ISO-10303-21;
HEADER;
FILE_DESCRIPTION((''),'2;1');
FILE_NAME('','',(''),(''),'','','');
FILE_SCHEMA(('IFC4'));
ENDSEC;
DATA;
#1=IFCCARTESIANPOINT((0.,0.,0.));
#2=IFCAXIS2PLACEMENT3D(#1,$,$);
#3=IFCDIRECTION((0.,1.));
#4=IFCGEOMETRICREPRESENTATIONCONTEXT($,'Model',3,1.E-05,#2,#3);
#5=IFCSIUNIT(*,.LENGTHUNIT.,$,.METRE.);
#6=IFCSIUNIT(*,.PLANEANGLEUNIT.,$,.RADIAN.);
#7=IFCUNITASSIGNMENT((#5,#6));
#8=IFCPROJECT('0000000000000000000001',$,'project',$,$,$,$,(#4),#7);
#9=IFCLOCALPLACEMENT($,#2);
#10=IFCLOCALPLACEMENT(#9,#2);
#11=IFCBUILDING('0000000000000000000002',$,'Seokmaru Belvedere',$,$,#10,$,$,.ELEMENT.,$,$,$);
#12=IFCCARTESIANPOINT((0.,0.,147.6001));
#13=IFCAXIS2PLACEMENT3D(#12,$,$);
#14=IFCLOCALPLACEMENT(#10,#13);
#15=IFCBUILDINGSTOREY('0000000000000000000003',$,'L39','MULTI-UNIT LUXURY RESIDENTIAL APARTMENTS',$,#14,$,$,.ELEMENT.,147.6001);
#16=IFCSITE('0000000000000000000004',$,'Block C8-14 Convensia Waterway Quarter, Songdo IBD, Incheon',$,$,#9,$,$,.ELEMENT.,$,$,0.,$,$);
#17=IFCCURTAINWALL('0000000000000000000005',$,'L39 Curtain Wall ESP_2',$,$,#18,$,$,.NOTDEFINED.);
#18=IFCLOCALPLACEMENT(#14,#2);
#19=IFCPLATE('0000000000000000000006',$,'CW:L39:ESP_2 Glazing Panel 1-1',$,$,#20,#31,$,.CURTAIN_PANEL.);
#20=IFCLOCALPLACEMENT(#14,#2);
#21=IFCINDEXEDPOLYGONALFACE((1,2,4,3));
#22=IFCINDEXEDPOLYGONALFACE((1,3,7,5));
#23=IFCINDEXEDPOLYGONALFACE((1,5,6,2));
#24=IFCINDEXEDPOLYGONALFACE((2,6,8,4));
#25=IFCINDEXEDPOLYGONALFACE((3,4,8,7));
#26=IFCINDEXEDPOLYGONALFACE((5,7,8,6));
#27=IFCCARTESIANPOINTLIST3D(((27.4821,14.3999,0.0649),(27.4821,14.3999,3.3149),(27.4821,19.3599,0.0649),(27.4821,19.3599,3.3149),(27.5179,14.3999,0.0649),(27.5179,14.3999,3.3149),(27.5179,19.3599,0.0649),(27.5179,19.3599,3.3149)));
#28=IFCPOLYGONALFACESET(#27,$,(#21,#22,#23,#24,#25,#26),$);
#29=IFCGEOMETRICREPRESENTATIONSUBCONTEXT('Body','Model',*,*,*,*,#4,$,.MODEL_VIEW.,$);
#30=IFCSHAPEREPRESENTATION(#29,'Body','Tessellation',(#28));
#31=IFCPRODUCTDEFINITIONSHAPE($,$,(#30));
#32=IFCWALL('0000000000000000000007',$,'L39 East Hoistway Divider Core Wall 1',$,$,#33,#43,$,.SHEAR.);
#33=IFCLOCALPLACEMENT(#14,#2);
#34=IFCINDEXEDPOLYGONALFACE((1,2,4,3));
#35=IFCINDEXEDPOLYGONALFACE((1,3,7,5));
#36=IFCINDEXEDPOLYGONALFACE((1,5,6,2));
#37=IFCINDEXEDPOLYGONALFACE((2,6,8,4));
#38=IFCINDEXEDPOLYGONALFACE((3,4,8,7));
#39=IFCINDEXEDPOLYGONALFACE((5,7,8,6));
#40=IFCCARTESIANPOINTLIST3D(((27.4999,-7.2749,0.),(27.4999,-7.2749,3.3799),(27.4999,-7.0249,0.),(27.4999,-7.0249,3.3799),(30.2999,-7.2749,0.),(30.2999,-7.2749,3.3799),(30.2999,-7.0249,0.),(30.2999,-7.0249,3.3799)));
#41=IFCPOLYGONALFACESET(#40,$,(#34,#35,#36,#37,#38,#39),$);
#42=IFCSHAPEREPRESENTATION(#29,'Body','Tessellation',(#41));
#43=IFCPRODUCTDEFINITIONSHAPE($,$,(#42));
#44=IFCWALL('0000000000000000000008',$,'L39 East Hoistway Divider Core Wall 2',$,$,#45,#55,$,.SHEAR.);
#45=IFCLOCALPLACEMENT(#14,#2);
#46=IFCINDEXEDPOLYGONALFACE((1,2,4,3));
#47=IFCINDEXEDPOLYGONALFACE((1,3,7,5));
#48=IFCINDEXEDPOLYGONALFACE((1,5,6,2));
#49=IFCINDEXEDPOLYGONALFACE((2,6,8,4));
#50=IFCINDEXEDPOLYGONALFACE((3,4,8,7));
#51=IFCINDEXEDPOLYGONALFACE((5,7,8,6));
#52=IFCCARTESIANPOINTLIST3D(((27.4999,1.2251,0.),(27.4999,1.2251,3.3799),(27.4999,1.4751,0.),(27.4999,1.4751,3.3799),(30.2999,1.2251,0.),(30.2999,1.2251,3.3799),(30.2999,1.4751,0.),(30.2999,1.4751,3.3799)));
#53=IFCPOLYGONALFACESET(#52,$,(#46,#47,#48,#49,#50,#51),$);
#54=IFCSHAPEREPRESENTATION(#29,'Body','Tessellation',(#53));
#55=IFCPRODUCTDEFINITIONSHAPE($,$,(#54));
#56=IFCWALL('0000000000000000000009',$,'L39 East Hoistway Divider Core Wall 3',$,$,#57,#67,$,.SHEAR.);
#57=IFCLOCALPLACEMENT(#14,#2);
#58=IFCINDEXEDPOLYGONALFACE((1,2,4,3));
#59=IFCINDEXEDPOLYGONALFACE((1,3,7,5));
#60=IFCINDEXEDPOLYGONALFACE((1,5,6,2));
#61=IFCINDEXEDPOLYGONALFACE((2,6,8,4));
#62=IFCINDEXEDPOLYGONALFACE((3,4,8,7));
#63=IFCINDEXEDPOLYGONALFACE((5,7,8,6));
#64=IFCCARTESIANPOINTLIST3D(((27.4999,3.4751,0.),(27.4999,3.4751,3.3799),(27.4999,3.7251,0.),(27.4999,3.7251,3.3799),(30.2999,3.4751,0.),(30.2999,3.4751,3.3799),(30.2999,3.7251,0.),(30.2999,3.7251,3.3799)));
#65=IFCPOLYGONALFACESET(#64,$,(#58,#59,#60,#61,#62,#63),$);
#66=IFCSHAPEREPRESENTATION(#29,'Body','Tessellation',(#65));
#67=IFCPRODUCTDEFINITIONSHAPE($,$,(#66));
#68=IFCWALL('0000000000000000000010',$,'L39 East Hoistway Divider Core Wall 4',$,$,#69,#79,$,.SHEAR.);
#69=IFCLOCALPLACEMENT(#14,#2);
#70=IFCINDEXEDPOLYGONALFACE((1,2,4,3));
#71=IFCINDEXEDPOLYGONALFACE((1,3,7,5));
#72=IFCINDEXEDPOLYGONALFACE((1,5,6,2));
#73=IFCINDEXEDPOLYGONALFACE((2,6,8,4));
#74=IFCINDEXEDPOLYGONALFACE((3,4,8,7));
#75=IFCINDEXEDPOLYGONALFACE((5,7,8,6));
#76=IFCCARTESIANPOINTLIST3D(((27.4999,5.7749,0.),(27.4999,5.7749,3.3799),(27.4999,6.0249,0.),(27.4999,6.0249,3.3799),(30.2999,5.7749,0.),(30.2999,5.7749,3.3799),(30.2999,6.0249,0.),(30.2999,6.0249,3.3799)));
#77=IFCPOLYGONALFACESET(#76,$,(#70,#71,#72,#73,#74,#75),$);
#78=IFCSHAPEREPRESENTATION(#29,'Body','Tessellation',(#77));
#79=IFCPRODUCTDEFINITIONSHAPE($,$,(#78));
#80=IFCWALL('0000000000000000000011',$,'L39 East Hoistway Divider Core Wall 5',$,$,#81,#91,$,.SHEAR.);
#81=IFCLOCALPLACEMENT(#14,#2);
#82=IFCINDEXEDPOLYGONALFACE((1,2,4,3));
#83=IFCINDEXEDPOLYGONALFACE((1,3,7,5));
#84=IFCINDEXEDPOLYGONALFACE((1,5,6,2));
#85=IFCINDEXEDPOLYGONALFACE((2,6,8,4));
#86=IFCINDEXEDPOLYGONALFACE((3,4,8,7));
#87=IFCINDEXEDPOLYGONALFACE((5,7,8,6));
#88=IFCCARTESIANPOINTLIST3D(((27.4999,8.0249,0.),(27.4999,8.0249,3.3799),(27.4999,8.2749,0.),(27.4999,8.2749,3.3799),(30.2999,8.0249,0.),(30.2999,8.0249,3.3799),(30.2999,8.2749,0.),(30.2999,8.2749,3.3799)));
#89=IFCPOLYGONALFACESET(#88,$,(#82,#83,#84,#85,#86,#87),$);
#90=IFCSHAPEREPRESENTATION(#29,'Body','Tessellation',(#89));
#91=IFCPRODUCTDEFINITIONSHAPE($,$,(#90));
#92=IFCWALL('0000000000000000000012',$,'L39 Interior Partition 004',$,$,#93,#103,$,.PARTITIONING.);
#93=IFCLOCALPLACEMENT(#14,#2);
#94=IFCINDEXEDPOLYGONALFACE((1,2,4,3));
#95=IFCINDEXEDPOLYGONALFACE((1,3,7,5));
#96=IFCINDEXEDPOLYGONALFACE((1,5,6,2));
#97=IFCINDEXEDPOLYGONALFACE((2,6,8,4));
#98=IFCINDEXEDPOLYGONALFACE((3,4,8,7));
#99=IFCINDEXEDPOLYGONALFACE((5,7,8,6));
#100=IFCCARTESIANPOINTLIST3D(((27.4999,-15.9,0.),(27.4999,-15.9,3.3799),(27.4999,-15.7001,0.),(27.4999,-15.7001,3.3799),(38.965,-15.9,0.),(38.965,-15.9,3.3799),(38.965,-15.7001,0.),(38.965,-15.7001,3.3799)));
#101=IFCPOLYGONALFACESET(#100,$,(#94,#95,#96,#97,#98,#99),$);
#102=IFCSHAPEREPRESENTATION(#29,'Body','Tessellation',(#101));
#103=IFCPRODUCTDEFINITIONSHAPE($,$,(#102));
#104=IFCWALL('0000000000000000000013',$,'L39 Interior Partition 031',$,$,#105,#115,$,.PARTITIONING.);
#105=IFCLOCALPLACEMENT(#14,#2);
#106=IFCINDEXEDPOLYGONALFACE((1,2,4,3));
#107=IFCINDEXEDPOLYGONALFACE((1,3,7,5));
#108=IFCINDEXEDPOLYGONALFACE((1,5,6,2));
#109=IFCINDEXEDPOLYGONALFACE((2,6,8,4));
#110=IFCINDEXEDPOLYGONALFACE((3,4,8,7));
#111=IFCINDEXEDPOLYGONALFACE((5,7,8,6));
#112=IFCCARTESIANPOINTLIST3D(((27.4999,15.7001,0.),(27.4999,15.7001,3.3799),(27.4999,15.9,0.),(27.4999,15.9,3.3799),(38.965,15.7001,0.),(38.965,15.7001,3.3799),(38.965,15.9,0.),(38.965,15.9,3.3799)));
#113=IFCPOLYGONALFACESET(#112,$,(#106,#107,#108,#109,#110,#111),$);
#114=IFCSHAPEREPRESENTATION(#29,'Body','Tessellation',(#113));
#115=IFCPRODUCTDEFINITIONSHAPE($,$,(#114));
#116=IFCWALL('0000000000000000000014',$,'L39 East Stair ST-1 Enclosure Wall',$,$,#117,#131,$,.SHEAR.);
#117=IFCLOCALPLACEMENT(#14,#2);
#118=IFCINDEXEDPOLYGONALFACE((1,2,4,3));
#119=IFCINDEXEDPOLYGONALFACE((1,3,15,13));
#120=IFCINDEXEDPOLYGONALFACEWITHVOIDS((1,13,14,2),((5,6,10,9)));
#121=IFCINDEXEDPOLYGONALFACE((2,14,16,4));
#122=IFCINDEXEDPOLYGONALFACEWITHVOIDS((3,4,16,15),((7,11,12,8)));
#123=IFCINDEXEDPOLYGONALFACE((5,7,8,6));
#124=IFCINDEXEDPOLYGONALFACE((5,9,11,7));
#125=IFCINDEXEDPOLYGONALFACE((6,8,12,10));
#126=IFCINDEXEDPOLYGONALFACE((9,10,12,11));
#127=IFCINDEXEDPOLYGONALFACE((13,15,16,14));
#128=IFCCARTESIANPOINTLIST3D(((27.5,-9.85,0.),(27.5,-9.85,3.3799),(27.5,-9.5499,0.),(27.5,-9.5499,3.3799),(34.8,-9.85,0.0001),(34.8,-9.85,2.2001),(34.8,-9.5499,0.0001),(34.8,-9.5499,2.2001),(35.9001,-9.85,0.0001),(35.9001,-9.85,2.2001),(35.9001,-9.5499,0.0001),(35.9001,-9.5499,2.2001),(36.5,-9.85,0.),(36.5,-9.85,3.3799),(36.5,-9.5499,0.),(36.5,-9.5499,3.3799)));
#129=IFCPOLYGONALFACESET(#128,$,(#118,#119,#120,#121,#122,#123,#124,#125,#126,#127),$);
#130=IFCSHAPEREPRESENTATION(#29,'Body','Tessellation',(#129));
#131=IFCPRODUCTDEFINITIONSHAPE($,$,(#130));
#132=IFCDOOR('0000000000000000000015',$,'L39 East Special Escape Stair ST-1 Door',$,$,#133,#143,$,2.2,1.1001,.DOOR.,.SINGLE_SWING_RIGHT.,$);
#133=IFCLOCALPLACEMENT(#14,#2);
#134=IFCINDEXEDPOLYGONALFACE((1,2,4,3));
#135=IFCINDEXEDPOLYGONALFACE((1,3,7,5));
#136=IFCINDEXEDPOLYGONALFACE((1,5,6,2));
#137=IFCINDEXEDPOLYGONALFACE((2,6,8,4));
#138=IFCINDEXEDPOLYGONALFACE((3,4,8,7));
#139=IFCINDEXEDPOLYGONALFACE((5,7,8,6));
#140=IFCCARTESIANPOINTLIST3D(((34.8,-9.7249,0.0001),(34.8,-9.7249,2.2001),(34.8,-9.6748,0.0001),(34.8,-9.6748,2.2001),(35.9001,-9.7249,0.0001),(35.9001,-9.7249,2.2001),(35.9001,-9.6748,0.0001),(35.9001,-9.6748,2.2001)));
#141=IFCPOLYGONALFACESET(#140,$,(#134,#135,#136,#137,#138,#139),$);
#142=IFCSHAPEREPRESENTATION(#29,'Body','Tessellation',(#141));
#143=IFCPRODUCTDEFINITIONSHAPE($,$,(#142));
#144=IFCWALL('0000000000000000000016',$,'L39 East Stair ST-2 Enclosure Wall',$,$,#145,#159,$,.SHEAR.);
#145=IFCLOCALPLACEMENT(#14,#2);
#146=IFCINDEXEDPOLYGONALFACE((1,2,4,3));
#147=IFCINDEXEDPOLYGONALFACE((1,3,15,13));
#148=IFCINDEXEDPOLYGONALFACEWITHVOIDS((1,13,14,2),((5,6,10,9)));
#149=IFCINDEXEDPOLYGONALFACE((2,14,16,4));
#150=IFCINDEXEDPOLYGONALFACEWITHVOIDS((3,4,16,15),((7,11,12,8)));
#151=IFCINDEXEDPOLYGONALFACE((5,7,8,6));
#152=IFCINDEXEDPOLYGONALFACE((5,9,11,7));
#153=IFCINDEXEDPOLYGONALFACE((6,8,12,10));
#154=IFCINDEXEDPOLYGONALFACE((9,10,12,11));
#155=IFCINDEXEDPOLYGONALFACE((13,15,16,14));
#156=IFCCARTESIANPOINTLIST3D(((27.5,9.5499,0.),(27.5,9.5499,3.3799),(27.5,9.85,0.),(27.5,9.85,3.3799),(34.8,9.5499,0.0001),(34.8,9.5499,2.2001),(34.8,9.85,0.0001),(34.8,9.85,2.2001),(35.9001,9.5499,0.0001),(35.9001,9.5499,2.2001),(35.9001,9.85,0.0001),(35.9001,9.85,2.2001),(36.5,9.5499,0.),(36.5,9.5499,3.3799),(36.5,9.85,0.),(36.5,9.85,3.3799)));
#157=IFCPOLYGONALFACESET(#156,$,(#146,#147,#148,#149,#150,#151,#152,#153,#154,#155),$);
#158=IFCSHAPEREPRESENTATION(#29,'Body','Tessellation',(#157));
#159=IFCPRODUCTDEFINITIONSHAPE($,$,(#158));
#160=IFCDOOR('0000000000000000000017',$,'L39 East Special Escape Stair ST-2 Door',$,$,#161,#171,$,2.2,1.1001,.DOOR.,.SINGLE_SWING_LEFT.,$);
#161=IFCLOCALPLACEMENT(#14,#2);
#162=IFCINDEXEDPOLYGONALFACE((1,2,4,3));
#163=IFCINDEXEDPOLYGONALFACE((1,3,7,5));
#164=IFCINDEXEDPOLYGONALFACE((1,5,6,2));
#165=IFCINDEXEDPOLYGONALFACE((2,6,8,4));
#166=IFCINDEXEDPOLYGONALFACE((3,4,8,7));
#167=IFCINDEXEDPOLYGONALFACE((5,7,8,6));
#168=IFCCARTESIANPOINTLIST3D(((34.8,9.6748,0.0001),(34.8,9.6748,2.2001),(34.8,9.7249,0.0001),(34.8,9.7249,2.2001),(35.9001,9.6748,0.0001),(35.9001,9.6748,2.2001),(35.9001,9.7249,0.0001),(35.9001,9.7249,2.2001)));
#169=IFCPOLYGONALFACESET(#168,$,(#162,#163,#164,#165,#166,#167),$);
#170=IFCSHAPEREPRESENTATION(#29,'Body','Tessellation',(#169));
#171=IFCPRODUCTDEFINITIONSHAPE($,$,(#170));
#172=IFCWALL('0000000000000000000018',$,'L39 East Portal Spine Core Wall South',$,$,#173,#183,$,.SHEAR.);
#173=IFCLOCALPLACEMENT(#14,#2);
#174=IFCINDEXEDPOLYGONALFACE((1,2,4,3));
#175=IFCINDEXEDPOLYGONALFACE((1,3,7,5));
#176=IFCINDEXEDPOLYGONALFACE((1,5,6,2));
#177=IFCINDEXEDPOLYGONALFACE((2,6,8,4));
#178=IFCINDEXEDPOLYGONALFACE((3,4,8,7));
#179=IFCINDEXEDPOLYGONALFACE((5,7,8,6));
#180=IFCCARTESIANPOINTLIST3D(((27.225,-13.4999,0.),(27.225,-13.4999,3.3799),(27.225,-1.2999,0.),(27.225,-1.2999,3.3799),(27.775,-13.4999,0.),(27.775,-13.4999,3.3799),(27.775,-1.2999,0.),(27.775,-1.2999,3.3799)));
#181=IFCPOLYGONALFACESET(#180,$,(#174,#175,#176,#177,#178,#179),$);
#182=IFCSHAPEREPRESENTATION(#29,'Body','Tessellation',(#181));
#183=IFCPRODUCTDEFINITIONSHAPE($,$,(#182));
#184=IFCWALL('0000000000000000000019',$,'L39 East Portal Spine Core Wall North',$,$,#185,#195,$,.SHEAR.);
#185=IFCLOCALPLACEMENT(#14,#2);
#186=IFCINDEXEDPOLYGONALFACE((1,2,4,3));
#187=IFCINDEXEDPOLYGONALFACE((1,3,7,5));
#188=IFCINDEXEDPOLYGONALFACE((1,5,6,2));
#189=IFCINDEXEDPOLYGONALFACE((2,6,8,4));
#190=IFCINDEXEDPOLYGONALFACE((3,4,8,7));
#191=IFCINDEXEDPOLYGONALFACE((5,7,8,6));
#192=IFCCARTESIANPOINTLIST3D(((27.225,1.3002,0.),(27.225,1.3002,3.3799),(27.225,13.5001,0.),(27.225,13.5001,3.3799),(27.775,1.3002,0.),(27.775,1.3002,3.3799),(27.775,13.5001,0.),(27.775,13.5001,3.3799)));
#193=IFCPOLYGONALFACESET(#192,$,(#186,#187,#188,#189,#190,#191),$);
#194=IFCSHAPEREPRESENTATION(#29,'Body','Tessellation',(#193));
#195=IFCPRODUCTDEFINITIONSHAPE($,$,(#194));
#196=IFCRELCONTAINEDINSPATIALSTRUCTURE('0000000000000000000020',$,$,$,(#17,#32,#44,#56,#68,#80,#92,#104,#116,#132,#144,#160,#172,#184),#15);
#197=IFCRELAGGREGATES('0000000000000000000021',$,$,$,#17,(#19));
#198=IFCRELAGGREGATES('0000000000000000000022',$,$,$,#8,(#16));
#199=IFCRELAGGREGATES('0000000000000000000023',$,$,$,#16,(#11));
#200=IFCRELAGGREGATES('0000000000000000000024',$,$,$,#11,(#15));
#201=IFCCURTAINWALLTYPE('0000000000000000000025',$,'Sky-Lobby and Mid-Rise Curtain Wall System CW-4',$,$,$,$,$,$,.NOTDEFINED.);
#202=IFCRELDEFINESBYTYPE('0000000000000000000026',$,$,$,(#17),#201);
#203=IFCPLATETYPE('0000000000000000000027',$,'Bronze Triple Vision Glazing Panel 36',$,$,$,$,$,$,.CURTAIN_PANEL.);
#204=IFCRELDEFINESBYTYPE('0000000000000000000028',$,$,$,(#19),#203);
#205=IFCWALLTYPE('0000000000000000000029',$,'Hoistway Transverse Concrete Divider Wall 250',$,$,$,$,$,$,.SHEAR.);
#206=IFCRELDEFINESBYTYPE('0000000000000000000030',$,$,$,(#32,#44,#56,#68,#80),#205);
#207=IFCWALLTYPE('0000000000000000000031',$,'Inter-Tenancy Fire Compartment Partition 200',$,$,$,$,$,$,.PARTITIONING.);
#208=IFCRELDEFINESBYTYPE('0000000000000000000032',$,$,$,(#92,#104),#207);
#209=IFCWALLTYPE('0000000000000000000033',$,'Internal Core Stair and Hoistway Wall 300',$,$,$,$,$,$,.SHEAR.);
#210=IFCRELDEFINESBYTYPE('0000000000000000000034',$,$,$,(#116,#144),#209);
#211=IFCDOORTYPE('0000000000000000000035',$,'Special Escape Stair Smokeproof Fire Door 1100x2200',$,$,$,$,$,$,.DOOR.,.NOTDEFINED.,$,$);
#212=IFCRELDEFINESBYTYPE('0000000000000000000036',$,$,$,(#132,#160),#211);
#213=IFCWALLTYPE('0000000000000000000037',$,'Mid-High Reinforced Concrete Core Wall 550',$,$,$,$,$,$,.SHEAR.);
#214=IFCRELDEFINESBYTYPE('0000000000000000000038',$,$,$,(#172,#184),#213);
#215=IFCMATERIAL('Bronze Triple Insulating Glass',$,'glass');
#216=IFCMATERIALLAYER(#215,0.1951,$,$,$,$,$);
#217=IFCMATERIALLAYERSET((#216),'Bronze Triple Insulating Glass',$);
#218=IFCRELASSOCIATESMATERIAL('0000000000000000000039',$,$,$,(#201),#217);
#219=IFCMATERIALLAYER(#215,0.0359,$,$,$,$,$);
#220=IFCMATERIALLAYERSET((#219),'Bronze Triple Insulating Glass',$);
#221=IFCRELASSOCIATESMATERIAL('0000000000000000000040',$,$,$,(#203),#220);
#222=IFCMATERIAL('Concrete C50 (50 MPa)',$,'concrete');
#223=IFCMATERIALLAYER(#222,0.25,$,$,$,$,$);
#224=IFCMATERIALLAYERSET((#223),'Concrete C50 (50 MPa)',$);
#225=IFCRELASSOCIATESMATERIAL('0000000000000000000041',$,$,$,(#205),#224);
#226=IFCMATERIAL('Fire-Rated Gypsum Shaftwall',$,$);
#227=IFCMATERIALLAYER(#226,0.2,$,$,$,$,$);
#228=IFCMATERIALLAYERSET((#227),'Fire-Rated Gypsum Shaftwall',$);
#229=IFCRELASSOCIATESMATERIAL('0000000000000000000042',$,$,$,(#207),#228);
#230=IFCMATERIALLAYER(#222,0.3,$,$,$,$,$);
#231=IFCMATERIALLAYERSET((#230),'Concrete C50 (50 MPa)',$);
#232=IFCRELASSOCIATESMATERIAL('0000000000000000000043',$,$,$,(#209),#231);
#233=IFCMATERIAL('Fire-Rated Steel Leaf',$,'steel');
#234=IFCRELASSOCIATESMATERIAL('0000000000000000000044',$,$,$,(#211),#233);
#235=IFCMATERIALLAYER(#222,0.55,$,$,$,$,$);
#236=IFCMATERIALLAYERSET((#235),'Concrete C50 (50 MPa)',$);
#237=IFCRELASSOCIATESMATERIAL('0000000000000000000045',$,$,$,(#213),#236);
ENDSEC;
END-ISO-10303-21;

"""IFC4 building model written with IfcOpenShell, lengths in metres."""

from ifc_helpers import new_model, si_unit, direction, frame, frame_2d, origin, origin_2d, place, context, subcontext, project, spatial, rectangle, extrude, source, transform, mapped, material, layer, layer_set, type_object, type_shapes, element, fill, aggregate, save


model = new_model("IFC4")

# Units and contexts
model_context = context("Model", 3, precision=1e-05, world=origin(), true_north=direction((0.0, 1.0)))
body_context = subcontext(model_context, "Body", "Model", "MODEL_VIEW")
ifc_project = project(units=[si_unit("LENGTHUNIT", "METRE"), si_unit("PLANEANGLEUNIT", "RADIAN")], contexts=[model_context])

# Site, building, storey
site_placement = place(None, origin())
site = spatial("IfcSite", under=ifc_project, at=site_placement, Name="Block C8-14 Convensia Waterway Quarter, Songdo IBD, Incheon", CompositionType="ELEMENT", RefElevation=0.0)
building_placement = place(site_placement, origin())
building = spatial("IfcBuilding", under=site, at=building_placement, Name="Seokmaru Belvedere", CompositionType="ELEMENT")
storey_placement = place(building_placement, frame((0.0, 0.0, 147.6001)))
storey = spatial("IfcBuildingStorey", under=building, at=storey_placement, Name="L39", Description="MULTI-UNIT LUXURY RESIDENTIAL APARTMENTS", CompositionType="ELEMENT", Elevation=147.6001)

# Curtain wall
ifc_material_1 = material(Name="Bronze Triple Insulating Glass", Category="glass")
ifc_layer_1 = layer(ifc_material_1, 0.1951)
ifc_layer_set_1 = layer_set([ifc_layer_1], Name="Bronze Triple Insulating Glass")
curtain_wall_type = type_object("IfcCurtainWallType", Name="Sky-Lobby and Mid-Rise Curtain Wall System CW-4", PredefinedType="NOTDEFINED", material=ifc_layer_set_1)
curtain_wall_1_placement = place(storey_placement, origin())
curtain_wall_1 = element("IfcCurtainWall", 1, at=curtain_wall_1_placement, inside=storey, type_object=curtain_wall_type, Name="L39 Curtain Wall ESP_2", PredefinedType="NOTDEFINED")

# Plate
ifc_layer_2 = layer(ifc_material_1, 0.0359)
ifc_layer_set_2 = layer_set([ifc_layer_2], Name="Bronze Triple Insulating Glass")
plate_type = type_object("IfcPlateType", Name="Bronze Triple Vision Glazing Panel 36", PredefinedType="CURTAIN_PANEL", material=ifc_layer_set_2)
shared_shape_1 = source(origin(), body_context, "Body", "SweptSolid", [
    extrude(rectangle(XDim=4.96, YDim=0.0359, at=origin_2d()), origin(), (0.0, 0.0, 1.0), 3.25),
])
type_shapes(plate_type, [shared_shape_1])
plate_1_placement = place(storey_placement, frame((27.5, 16.8799, 0.0649), z_axis=(0.0, 0.0, 1.0), x_axis=(0.0, -1.0, 0.0)))
plate_1 = element("IfcPlate", 2, at=plate_1_placement, type_object=plate_type, Name="CW:L39:ESP_2 Glazing Panel 1-1", PredefinedType="CURTAIN_PANEL", context=body_context, shape_type="MappedRepresentation", body=[
    mapped(shared_shape_1, transform((0.0, 0.0, 0.0), scale=1.0)),
])
aggregate(curtain_wall_1, [plate_1])

# Shared definitions
ifc_material_2 = material(Name="Fire-Rated Gypsum Shaftwall")
ifc_material_3 = material(Name="Fire-Rated Steel Leaf", Category="steel")

# Walls
ifc_material_4 = material(Name="Concrete C50 (50 MPa)", Category="concrete")
ifc_layer_3 = layer(ifc_material_4, 0.25)
ifc_layer_set_3 = layer_set([ifc_layer_3], Name="Concrete C50 (50 MPa)")
wall_type_1 = type_object("IfcWallType", Name="Hoistway Transverse Concrete Divider Wall 250", PredefinedType="SHEAR", material=ifc_layer_set_3)
for number, where, z_axis, x_axis, name in (
    (3, (27.5, -7.1499, 0.0), (0.0, 0.0, 1.0), (1.0, 0.0, 0.0), "L39 East Hoistway Divider Core Wall 1"),
    (4, (27.5, 1.3501, 0.0), (0.0, 0.0, 1.0), (1.0, 0.0, 0.0), "L39 East Hoistway Divider Core Wall 2"),
    (5, (27.5, 3.6001, 0.0), (0.0, 0.0, 1.0), (1.0, 0.0, 0.0), "L39 East Hoistway Divider Core Wall 3"),
    (6, (27.5, 5.8999, 0.0), (0.0, 0.0, 1.0), (1.0, 0.0, 0.0), "L39 East Hoistway Divider Core Wall 4"),
    (7, (27.5, 8.1499, 0.0), (0.0, 0.0, 1.0), (1.0, 0.0, 0.0), "L39 East Hoistway Divider Core Wall 5"),
):
    element("IfcWall", number, at=place(storey_placement, frame(where, z_axis=z_axis, x_axis=x_axis)), inside=storey, type_object=wall_type_1, Name=name, PredefinedType="SHEAR", context=body_context, shape_type="SweptSolid", body=[
        extrude(rectangle(XDim=2.8, YDim=0.25, at=frame_2d((1.3999, 0.0))), origin(), (0.0, 0.0, 1.0), 3.3799),
    ])
ifc_layer_4 = layer(ifc_material_2, 0.2)
ifc_layer_set_4 = layer_set([ifc_layer_4], Name="Fire-Rated Gypsum Shaftwall")
wall_type_2 = type_object("IfcWallType", Name="Inter-Tenancy Fire Compartment Partition 200", PredefinedType="PARTITIONING", material=ifc_layer_set_4)
for number, where, z_axis, x_axis, name in (
    (8, (27.5, -15.8, 0.0), (0.0, 0.0, 1.0), (1.0, 0.0, 0.0), "L39 Interior Partition 004"),
    (9, (27.5, 15.8, 0.0), (0.0, 0.0, 1.0), (1.0, 0.0, 0.0), "L39 Interior Partition 031"),
):
    element("IfcWall", number, at=place(storey_placement, frame(where, z_axis=z_axis, x_axis=x_axis)), inside=storey, type_object=wall_type_2, Name=name, PredefinedType="PARTITIONING", context=body_context, shape_type="SweptSolid", body=[
        extrude(rectangle(XDim=11.4651, YDim=0.2, at=frame_2d((5.7324, 0.0))), origin(), (0.0, 0.0, 1.0), 3.3799),
    ])

# Walls, openings, doors
ifc_layer_5 = layer(ifc_material_4, 0.3)
ifc_layer_set_5 = layer_set([ifc_layer_5], Name="Concrete C50 (50 MPa)")
wall_type_3 = type_object("IfcWallType", Name="Internal Core Stair and Hoistway Wall 300", PredefinedType="SHEAR", material=ifc_layer_set_5)
wall_1_placement = place(storey_placement, frame((27.5, -9.7, 0.0), z_axis=(0.0, 0.0, 1.0), x_axis=(1.0, 0.0, 0.0)))
wall_1 = element("IfcWall", 10, at=wall_1_placement, inside=storey, type_object=wall_type_3, Name="L39 East Stair ST-1 Enclosure Wall", PredefinedType="SHEAR", context=body_context, shape_type="SweptSolid", body=[
    extrude(rectangle(XDim=9.0, YDim=0.3, at=frame_2d((4.5, 0.0))), origin(), (0.0, 0.0, 1.0), 3.3799),
])
opening_1_placement = place(wall_1_placement, frame((7.3, 0.0, 0.0)))
opening_1 = element("IfcOpeningElement", 11, at=opening_1_placement, cuts=wall_1, PredefinedType="OPENING", context=body_context, shape_type="SweptSolid", body=[
    extrude(rectangle(XDim=1.1001, YDim=2.2, at=frame_2d((0.55, 1.1001))), frame((0.0, 0.1602, 0.0), z_axis=(0.0, -1.0, 0.0), x_axis=(1.0, 0.0, 0.0)), (0.0, 0.0, 1.0), 0.3201),
])
door_type_1 = type_object("IfcDoorType", Name="Special Escape Stair Smokeproof Fire Door 1100x2200", OperationType="NOTDEFINED", PredefinedType="DOOR", material=ifc_material_3)
shared_shape_2 = source(origin(), body_context, "Body", "SweptSolid", [
    extrude(rectangle(XDim=1.1001, YDim=2.2, at=frame_2d((0.55, 1.1001))), frame((0.0, 0.0249, 0.0), z_axis=(0.0, -1.0, 0.0), x_axis=(1.0, 0.0, 0.0)), (0.0, 0.0, 1.0), 0.05),
])
type_shapes(door_type_1, [shared_shape_2])
door_1_placement = place(opening_1_placement, frame((1.1001, 0.0, 0.0), z_axis=(0.0, 0.0, 1.0), x_axis=(-1.0, 0.0, 0.0)))
door_1 = element("IfcDoor", 12, at=door_1_placement, inside=storey, type_object=door_type_1, Name="L39 East Special Escape Stair ST-1 Door", OperationType="SINGLE_SWING_RIGHT", OverallHeight=2.2, OverallWidth=1.1001, PredefinedType="DOOR", context=body_context, shape_type="MappedRepresentation", body=[
    mapped(shared_shape_2, transform((0.0, 0.0, 0.0), scale=1.0)),
])
fill(opening_1, door_1)
wall_2_placement = place(storey_placement, frame((27.5, 9.7, 0.0), z_axis=(0.0, 0.0, 1.0), x_axis=(1.0, 0.0, 0.0)))
wall_2 = element("IfcWall", 13, at=wall_2_placement, inside=storey, type_object=wall_type_3, Name="L39 East Stair ST-2 Enclosure Wall", PredefinedType="SHEAR", context=body_context, shape_type="SweptSolid", body=[
    extrude(rectangle(XDim=9.0, YDim=0.3, at=frame_2d((4.5, 0.0))), origin(), (0.0, 0.0, 1.0), 3.3799),
])
opening_2_placement = place(wall_2_placement, frame((7.3, 0.0, 0.0)))
opening_2 = element("IfcOpeningElement", 14, at=opening_2_placement, cuts=wall_2, PredefinedType="OPENING", context=body_context, shape_type="SweptSolid", body=[
    extrude(rectangle(XDim=1.1001, YDim=2.2, at=frame_2d((0.55, 1.1001))), frame((0.0, 0.1602, 0.0), z_axis=(0.0, -1.0, 0.0), x_axis=(1.0, 0.0, 0.0)), (0.0, 0.0, 1.0), 0.3201),
])
door_2_placement = place(opening_2_placement, origin())
door_2 = element("IfcDoor", 15, at=door_2_placement, inside=storey, type_object=door_type_1, Name="L39 East Special Escape Stair ST-2 Door", OperationType="SINGLE_SWING_LEFT", OverallHeight=2.2, OverallWidth=1.1001, PredefinedType="DOOR", context=body_context, shape_type="MappedRepresentation", body=[
    mapped(shared_shape_2, transform((0.0, 0.0, 0.0), scale=1.0)),
])
fill(opening_2, door_2)

# Walls
ifc_layer_6 = layer(ifc_material_4, 0.55)
ifc_layer_set_6 = layer_set([ifc_layer_6], Name="Concrete C50 (50 MPa)")
wall_type_4 = type_object("IfcWallType", Name="Mid-High Reinforced Concrete Core Wall 550", PredefinedType="SHEAR", material=ifc_layer_set_6)
for number, where, z_axis, x_axis, name in (
    (16, (27.5, -13.5, 0.0), (0.0, 0.0, 1.0), (0.0, 1.0, 0.0), "L39 East Portal Spine Core Wall South"),
    (17, (27.5, 1.3, 0.0), (0.0, 0.0, 1.0), (0.0, 1.0, 0.0), "L39 East Portal Spine Core Wall North"),
):
    element("IfcWall", number, at=place(storey_placement, frame(where, z_axis=z_axis, x_axis=x_axis)), inside=storey, type_object=wall_type_4, Name=name, PredefinedType="SHEAR", context=body_context, shape_type="SweptSolid", body=[
        extrude(rectangle(XDim=12.2, YDim=0.55, at=frame_2d((6.1001, 0.0))), origin(), (0.0, 0.0, 1.0), 3.3799),
    ])

save(model, "model.ifc")
